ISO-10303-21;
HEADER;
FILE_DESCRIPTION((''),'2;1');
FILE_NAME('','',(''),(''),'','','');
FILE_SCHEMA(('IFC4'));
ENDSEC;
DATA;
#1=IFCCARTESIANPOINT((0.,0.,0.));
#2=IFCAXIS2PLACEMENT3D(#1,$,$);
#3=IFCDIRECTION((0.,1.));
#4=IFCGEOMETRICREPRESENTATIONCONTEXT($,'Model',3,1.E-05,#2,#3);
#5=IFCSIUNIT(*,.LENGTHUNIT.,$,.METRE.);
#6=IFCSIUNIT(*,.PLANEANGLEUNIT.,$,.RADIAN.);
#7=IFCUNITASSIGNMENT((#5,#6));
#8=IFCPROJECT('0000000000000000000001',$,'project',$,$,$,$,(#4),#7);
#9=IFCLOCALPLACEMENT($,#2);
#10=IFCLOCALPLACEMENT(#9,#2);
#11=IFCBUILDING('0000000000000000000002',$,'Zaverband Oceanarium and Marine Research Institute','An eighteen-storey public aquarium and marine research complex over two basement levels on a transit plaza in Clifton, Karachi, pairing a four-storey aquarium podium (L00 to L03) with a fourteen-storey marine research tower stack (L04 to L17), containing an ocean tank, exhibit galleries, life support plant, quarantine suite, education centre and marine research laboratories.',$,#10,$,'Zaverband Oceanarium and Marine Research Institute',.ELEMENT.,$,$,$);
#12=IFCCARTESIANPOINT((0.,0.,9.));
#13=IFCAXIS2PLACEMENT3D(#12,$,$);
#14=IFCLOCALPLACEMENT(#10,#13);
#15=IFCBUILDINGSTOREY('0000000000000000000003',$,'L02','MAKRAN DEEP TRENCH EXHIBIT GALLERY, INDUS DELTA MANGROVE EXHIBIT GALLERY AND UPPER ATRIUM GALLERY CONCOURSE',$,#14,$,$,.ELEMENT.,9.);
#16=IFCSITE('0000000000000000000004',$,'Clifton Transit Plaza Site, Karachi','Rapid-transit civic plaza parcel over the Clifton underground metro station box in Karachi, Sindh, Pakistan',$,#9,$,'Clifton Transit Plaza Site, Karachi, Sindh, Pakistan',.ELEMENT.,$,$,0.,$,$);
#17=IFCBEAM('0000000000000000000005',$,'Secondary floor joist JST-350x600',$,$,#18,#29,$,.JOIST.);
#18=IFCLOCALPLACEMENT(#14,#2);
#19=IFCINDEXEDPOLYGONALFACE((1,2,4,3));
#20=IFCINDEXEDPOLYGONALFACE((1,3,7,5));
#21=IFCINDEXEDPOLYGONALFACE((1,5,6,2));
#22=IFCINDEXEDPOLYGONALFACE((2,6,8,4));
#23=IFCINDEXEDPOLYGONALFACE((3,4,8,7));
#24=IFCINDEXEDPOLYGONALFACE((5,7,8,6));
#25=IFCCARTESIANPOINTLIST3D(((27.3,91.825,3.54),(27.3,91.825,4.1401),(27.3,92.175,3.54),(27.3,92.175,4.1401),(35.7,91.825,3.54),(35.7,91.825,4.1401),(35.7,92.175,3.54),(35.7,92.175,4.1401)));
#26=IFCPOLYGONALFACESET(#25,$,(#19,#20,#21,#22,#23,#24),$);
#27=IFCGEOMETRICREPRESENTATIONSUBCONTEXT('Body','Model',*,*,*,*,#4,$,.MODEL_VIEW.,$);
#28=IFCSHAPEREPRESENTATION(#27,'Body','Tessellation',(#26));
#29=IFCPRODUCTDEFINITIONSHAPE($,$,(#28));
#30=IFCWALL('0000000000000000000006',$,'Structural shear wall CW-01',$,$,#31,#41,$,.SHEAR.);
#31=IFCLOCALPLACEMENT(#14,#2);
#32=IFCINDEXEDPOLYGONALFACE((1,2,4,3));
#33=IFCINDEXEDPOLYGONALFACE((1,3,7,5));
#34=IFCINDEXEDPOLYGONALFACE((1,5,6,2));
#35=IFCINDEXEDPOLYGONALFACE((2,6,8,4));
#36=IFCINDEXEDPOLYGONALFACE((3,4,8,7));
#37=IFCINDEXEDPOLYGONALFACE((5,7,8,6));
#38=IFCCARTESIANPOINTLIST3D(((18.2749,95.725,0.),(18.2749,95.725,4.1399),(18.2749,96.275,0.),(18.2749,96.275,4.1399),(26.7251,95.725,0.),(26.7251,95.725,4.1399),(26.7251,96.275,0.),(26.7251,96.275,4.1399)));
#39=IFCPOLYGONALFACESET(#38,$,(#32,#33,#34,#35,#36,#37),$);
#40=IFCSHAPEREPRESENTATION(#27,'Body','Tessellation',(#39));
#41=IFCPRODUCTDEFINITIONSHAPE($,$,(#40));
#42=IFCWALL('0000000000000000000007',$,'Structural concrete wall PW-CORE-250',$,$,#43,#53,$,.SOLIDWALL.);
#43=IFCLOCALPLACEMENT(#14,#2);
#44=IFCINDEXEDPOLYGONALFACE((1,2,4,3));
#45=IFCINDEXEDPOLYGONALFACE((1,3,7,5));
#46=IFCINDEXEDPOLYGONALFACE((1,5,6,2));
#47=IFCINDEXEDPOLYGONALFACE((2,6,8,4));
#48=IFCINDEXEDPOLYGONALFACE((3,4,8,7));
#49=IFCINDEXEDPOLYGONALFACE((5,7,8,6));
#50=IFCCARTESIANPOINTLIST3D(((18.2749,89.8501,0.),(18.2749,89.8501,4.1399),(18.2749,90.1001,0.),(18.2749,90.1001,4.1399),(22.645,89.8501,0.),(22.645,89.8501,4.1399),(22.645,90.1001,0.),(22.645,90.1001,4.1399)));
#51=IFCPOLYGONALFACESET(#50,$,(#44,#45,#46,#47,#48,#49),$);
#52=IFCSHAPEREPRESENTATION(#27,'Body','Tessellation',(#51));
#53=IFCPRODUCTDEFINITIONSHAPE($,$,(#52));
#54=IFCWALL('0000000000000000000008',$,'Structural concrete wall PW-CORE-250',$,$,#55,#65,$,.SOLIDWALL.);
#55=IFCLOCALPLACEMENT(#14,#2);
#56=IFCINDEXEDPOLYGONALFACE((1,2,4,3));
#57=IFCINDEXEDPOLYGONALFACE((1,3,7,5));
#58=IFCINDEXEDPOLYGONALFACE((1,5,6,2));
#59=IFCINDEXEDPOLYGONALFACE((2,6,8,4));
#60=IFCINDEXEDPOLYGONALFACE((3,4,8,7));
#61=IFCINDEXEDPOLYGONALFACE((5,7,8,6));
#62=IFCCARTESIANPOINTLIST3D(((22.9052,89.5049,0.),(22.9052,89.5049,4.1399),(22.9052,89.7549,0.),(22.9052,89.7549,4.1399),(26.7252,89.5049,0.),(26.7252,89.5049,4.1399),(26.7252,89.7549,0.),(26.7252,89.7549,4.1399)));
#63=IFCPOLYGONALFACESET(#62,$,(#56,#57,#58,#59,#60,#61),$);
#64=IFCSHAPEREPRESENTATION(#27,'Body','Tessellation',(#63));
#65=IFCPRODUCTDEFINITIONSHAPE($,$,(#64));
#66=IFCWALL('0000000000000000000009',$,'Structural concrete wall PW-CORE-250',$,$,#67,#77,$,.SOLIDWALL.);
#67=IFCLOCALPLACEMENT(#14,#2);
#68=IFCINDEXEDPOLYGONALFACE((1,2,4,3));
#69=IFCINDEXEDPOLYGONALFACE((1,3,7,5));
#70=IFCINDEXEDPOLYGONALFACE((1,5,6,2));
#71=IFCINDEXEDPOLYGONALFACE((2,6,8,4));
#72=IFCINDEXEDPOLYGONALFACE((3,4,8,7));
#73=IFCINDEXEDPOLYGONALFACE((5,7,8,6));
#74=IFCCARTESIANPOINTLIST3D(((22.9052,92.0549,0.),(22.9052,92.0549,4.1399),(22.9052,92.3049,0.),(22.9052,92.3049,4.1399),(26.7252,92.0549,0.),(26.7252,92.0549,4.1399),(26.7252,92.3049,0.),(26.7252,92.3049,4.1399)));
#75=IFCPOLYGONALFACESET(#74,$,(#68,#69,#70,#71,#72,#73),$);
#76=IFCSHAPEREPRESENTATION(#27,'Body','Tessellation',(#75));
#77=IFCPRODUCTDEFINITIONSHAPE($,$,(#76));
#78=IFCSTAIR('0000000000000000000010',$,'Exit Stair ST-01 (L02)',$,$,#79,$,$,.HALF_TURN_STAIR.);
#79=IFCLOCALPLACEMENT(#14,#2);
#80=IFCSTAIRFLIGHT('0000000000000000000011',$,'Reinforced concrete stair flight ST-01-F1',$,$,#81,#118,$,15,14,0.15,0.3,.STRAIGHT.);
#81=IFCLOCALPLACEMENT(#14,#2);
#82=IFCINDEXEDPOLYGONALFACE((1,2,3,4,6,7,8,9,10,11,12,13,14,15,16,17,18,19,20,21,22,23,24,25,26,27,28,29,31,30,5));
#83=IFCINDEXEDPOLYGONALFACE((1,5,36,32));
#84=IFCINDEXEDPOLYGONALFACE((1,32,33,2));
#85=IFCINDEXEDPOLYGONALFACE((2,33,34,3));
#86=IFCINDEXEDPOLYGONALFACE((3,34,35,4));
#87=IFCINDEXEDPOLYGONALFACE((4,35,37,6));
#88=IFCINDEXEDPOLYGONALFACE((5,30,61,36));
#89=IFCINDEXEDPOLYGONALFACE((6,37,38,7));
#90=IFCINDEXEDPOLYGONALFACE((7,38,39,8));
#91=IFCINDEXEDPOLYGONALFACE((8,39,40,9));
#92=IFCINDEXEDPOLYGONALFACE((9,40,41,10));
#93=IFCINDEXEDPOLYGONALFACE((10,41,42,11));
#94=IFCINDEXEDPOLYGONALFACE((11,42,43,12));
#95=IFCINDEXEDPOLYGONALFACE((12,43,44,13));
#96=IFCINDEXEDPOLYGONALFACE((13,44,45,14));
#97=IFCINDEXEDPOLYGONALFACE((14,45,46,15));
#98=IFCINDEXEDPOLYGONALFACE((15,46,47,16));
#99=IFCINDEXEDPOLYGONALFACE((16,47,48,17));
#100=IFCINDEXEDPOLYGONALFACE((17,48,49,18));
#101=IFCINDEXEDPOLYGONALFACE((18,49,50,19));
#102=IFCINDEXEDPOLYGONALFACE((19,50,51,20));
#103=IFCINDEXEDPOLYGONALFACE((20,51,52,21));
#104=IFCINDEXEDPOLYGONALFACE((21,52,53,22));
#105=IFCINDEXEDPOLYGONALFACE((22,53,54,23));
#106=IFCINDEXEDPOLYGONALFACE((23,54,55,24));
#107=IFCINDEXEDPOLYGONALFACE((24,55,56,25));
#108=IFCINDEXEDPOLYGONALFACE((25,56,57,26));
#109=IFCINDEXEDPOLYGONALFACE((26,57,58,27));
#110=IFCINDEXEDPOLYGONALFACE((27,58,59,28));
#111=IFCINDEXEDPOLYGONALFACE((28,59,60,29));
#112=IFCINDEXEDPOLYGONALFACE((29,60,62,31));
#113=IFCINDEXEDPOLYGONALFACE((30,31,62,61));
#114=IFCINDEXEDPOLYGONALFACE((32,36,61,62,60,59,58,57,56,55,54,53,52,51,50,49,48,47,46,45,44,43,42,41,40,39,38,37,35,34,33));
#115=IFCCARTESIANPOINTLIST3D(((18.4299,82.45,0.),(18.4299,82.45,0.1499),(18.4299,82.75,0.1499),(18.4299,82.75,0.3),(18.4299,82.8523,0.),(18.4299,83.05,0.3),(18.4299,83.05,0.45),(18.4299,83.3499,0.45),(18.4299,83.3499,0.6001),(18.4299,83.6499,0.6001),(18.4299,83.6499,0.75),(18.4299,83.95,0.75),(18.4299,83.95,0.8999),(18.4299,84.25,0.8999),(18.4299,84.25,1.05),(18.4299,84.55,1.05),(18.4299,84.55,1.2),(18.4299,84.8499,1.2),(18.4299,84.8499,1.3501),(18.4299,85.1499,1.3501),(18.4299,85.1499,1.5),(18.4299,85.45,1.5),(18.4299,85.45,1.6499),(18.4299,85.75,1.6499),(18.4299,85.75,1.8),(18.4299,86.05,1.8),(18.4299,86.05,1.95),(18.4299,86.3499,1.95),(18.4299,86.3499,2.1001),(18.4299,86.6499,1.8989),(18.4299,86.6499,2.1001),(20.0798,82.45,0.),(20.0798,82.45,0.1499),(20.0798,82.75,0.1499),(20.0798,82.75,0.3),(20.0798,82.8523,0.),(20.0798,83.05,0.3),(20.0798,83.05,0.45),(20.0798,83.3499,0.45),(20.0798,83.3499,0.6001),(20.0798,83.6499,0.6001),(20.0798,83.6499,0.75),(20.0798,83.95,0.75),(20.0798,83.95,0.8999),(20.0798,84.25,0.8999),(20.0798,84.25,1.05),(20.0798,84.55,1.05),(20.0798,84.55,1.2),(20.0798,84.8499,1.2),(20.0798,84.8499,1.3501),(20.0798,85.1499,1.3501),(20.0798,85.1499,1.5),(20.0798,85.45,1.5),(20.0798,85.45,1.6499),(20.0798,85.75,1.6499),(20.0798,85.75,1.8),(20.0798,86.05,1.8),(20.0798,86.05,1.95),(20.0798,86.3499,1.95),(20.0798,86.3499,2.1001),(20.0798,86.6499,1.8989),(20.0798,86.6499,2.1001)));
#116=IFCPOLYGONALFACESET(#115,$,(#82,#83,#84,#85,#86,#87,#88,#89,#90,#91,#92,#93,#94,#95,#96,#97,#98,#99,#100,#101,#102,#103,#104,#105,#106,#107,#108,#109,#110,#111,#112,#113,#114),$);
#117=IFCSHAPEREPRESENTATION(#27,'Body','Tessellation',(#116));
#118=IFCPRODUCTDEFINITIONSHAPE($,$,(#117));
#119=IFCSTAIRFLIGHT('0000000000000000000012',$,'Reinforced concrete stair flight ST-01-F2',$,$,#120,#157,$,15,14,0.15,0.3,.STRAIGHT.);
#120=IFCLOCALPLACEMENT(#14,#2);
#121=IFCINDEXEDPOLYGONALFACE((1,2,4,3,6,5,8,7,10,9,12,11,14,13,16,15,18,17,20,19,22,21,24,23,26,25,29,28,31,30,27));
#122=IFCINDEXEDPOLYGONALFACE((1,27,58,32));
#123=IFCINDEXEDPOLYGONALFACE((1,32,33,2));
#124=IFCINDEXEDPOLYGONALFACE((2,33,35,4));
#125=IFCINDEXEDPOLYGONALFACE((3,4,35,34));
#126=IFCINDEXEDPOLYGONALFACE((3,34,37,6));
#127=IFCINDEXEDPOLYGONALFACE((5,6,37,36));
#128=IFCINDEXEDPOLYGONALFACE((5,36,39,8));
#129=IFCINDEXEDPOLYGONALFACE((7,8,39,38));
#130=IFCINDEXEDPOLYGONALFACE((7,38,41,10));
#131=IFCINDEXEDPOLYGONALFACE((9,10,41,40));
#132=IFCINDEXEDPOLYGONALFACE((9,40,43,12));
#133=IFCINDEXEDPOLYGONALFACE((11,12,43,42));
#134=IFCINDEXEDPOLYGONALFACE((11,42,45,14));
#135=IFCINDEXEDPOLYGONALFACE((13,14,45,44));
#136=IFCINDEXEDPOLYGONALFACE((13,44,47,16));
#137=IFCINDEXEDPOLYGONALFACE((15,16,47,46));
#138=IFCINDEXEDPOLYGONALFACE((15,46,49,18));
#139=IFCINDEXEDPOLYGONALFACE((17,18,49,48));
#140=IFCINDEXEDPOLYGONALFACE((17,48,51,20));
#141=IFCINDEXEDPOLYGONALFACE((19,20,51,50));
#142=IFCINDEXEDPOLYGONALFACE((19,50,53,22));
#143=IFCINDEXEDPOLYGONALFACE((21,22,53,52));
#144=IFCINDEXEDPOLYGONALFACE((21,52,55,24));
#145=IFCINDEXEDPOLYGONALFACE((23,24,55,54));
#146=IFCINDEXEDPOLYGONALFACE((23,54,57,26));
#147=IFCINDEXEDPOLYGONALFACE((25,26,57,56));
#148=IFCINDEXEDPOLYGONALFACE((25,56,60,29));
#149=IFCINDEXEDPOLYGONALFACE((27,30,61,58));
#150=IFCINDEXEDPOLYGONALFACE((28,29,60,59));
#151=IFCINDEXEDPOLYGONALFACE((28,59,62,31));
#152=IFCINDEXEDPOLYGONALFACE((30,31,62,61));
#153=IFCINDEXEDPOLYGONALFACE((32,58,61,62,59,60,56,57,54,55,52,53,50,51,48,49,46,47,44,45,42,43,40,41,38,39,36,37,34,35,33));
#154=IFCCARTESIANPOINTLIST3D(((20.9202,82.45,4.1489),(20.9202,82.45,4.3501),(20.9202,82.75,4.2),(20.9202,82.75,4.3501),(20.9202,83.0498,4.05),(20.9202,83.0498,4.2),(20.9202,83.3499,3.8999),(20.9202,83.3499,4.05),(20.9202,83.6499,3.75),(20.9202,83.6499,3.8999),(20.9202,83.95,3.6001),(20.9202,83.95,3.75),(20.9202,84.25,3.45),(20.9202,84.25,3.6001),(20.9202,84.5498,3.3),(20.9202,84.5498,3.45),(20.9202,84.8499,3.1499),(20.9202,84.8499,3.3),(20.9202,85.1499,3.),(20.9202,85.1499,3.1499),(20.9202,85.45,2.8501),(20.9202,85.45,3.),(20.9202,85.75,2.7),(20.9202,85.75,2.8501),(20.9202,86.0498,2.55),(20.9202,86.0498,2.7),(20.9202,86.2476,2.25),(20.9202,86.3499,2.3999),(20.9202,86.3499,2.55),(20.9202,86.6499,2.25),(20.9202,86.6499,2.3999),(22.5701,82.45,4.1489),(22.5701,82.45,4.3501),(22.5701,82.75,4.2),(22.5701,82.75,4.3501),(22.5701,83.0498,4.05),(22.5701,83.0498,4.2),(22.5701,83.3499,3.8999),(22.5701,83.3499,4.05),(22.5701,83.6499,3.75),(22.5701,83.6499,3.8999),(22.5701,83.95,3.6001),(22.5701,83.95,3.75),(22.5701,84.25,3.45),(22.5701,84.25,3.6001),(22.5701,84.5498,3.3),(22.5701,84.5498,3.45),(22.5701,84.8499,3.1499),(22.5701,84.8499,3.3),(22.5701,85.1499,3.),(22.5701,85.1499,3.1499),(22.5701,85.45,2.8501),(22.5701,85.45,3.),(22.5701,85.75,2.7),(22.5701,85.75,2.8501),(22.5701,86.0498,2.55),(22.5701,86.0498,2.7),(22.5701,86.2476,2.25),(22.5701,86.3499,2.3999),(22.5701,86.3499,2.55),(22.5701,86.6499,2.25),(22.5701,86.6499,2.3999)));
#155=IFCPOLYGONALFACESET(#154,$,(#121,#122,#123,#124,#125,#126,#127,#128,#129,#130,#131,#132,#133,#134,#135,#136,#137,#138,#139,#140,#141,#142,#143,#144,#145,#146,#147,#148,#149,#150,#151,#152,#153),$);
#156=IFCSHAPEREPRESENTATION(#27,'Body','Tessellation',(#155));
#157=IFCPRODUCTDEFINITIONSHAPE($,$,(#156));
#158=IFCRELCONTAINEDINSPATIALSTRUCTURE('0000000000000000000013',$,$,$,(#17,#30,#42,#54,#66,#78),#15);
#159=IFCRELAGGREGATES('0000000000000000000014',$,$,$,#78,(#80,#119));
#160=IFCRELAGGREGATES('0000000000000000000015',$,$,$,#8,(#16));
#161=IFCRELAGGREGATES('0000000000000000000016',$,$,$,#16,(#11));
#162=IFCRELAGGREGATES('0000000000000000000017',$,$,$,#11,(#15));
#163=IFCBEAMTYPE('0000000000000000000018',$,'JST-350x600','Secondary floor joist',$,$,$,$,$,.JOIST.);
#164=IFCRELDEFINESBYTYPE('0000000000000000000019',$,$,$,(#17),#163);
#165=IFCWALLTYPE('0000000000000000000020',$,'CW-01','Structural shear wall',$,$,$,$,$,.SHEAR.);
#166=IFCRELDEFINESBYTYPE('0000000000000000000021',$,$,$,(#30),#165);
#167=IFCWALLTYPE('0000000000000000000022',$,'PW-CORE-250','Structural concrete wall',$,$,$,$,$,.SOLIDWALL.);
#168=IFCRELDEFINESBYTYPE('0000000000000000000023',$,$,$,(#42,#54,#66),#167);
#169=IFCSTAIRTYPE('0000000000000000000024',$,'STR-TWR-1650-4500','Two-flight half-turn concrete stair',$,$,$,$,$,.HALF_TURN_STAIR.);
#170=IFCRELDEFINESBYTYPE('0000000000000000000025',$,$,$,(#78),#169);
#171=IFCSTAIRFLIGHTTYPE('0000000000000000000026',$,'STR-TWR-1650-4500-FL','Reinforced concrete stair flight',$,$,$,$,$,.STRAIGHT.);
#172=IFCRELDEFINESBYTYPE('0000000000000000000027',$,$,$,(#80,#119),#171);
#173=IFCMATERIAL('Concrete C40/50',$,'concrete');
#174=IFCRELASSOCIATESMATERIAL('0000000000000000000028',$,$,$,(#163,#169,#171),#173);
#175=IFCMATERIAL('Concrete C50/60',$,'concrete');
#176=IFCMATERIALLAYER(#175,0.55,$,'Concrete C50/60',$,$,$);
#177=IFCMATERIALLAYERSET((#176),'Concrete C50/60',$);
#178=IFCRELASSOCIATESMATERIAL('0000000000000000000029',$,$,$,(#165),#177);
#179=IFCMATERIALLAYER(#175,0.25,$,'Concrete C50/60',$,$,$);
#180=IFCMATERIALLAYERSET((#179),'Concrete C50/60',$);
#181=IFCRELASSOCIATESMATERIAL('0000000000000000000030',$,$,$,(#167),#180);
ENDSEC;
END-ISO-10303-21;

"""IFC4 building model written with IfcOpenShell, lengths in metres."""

from ifc_helpers import new_model, si_unit, direction, frame, frame_2d, origin, origin_2d, place, context, subcontext, project, spatial, polyline, rectangle, outline, extrude, material, layer, layer_set, material_profile, profile_set, type_object, element, aggregate, save


model = new_model("IFC4")

# Units and contexts
model_context = context("Model", 3, precision=1e-05, world=origin(), true_north=direction((0.0, 1.0)))
body_context = subcontext(model_context, "Body", "Model", "MODEL_VIEW")
ifc_project = project(units=[si_unit("LENGTHUNIT", "METRE"), si_unit("PLANEANGLEUNIT", "RADIAN")], contexts=[model_context])

# Site, building, storey
site_placement = place(None, origin())
site = spatial("IfcSite", under=ifc_project, at=site_placement, Name="Clifton Transit Plaza Site, Karachi", Description="Rapid-transit civic plaza parcel over the Clifton underground metro station box in Karachi, Sindh, Pakistan", LongName="Clifton Transit Plaza Site, Karachi, Sindh, Pakistan", CompositionType="ELEMENT", RefElevation=0.0)
building_placement = place(site_placement, origin())
building = spatial("IfcBuilding", under=site, at=building_placement, Name="Zaverband Oceanarium and Marine Research Institute", Description="An eighteen-storey public aquarium and marine research complex over two basement levels on a transit plaza in Clifton, Karachi, pairing a four-storey aquarium podium (L00 to L03) with a fourteen-storey marine research tower stack (L04 to L17), containing an ocean tank, exhibit galleries, life support plant, quarantine suite, education centre and marine research laboratories.", LongName="Zaverband Oceanarium and Marine Research Institute", CompositionType="ELEMENT")
storey_placement = place(building_placement, frame((0.0, 0.0, 9.0)))
storey = spatial("IfcBuildingStorey", under=building, at=storey_placement, Name="L02", Description="MAKRAN DEEP TRENCH EXHIBIT GALLERY, INDUS DELTA MANGROVE EXHIBIT GALLERY AND UPPER ATRIUM GALLERY CONCOURSE", CompositionType="ELEMENT", Elevation=9.0)

# Shared definitions
ifc_material_1 = material(Name="Concrete C50/60", Category="concrete")

# Beam
ifc_material_2 = material(Name="Concrete C40/50", Category="concrete")
ifc_material_profile_1 = material_profile(ifc_material_2, rectangle(XDim=0.3501, YDim=0.6001, at=origin_2d()), Name="RC350x600")
ifc_profile_set_1 = profile_set([ifc_material_profile_1], Name="Concrete C40/50")
beam_type_1 = type_object("IfcBeamType", Name="JST-350x600", Description="Secondary floor joist", PredefinedType="JOIST", material=ifc_profile_set_1)
for number, where, z_axis, x_axis, name in (
    (1, (27.3, 92.0, 3.8401), (1.0, 0.0, 0.0), (0.0, 1.0, 0.0), "Secondary floor joist JST-350x600"),
):
    element("IfcBeam", number, at=place(storey_placement, frame(where, z_axis=z_axis, x_axis=x_axis)), inside=storey, type_object=beam_type_1, Name=name, PredefinedType="JOIST", context=body_context, shape_type="SweptSolid", body=[
        extrude(rectangle(XDim=0.3501, YDim=0.6001, at=origin_2d()), origin(), (0.0, 0.0, 1.0), 8.3999),
    ])

# Walls
ifc_layer_1 = layer(ifc_material_1, 0.55, Name="Concrete C50/60")
ifc_layer_set_1 = layer_set([ifc_layer_1], Name="Concrete C50/60")
wall_type_1 = type_object("IfcWallType", Name="CW-01", Description="Structural shear wall", PredefinedType="SHEAR", material=ifc_layer_set_1)
wall_1_placement = place(storey_placement, frame((18.2749, 96.0, 0.0), z_axis=(0.0, 0.0, 1.0), x_axis=(1.0, 0.0, 0.0)))
element("IfcWall", 2, at=wall_1_placement, inside=storey, type_object=wall_type_1, Name="Structural shear wall CW-01", PredefinedType="SHEAR", context=body_context, shape_type="SweptSolid", body=[
    extrude(rectangle(XDim=8.4502, YDim=0.55, at=frame_2d((4.2251, 0.0))), origin(), (0.0, 0.0, 1.0), 4.1399),
])
ifc_layer_2 = layer(ifc_material_1, 0.25, Name="Concrete C50/60")
ifc_layer_set_2 = layer_set([ifc_layer_2], Name="Concrete C50/60")
wall_type_2 = type_object("IfcWallType", Name="PW-CORE-250", Description="Structural concrete wall", PredefinedType="SOLIDWALL", material=ifc_layer_set_2)
wall_2_placement = place(storey_placement, frame((18.2749, 89.9751, 0.0), z_axis=(0.0, 0.0, 1.0), x_axis=(1.0, 0.0, 0.0)))
element("IfcWall", 3, at=wall_2_placement, inside=storey, type_object=wall_type_2, Name="Structural concrete wall PW-CORE-250", PredefinedType="SOLIDWALL", context=body_context, shape_type="SweptSolid", body=[
    extrude(rectangle(XDim=4.3701, YDim=0.25, at=frame_2d((2.1851, 0.0))), origin(), (0.0, 0.0, 1.0), 4.1399),
])

# Walls
for number, where, z_axis, x_axis, name in (
    (4, (22.905, 89.6299, 0.0), (0.0, 0.0, 1.0), (1.0, 0.0, 0.0), "Structural concrete wall PW-CORE-250"),
    (5, (22.905, 92.1799, 0.0), (0.0, 0.0, 1.0), (1.0, 0.0, 0.0), "Structural concrete wall PW-CORE-250"),
):
    element("IfcWall", number, at=place(storey_placement, frame(where, z_axis=z_axis, x_axis=x_axis)), inside=storey, type_object=wall_type_2, Name=name, PredefinedType="SOLIDWALL", context=body_context, shape_type="SweptSolid", body=[
        extrude(rectangle(XDim=3.8201, YDim=0.25, at=frame_2d((1.9102, 0.0))), origin(), (0.0, 0.0, 1.0), 4.1399),
    ])

# Stair, stair flights
stair_type = type_object("IfcStairType", Name="STR-TWR-1650-4500", Description="Two-flight half-turn concrete stair", PredefinedType="HALF_TURN_STAIR", material=ifc_material_2)
stair_placement = place(storey_placement, origin())
stair = element("IfcStair", 6, at=stair_placement, inside=storey, type_object=stair_type, Name="Exit Stair ST-01 (L02)", PredefinedType="HALF_TURN_STAIR")
stair_flight_type = type_object("IfcStairFlightType", Name="STR-TWR-1650-4500-FL", Description="Reinforced concrete stair flight", PredefinedType="STRAIGHT", material=ifc_material_2)
stair_flight_1_placement = place(storey_placement, frame((19.2549, 82.45, 0.0), z_axis=(0.0, 0.0, 1.0), x_axis=(0.0, 1.0, 0.0)))
stair_flight_1 = element("IfcStairFlight", 7, at=stair_flight_1_placement, type_object=stair_flight_type, Name="Reinforced concrete stair flight ST-01-F1", NumberOfRisers=15, NumberOfTreads=14, PredefinedType="STRAIGHT", RiserHeight=0.15, TreadLength=0.3, context=body_context, shape_type="SweptSolid", body=[
    extrude(outline(polyline([(0.0, 0.0), (0.0, 0.1499), (0.3, 0.1499), (0.3, 0.3), (0.6001, 0.3), (0.6001, 0.45), (0.8999, 0.45), (0.8999, 0.6001), (1.2, 0.6001), (1.2, 0.75), (1.5, 0.75), (1.5, 0.8999), (1.8, 0.8999), (1.8, 1.05), (2.1001, 1.05), (2.1001, 1.2), (2.3999, 1.2), (2.3999, 1.3501), (2.7, 1.3501), (2.7, 1.5), (3.0, 1.5), (3.0, 1.6499), (3.3, 1.6499), (3.3, 1.8), (3.6001, 1.8), (3.6001, 1.95), (3.8999, 1.95), (3.8999, 2.1001), (4.2, 2.1001), (4.2, 2.25), (4.2, 1.8989), (0.4023, 0.0), (0.0, 0.0)])), frame((0.0, 0.825, 0.0), z_axis=(0.0, -1.0, 0.0), x_axis=(1.0, 0.0, 0.0)), (0.0, 0.0, 1.0), 1.6499),
])
stair_flight_2_placement = place(storey_placement, frame((21.7451, 86.6499, 2.25), z_axis=(0.0, 0.0, 1.0), x_axis=(0.0, -1.0, 0.0)))
stair_flight_2 = element("IfcStairFlight", 8, at=stair_flight_2_placement, type_object=stair_flight_type, Name="Reinforced concrete stair flight ST-01-F2", NumberOfRisers=15, NumberOfTreads=14, PredefinedType="STRAIGHT", RiserHeight=0.15, TreadLength=0.3, context=body_context, shape_type="SweptSolid", body=[
    extrude(outline(polyline([(0.0, 0.0), (0.0, 0.1499), (0.3, 0.1499), (0.3, 0.3), (0.6001, 0.3), (0.6001, 0.45), (0.8999, 0.45), (0.8999, 0.6001), (1.2, 0.6001), (1.2, 0.75), (1.5, 0.75), (1.5, 0.8999), (1.8, 0.8999), (1.8, 1.05), (2.1001, 1.05), (2.1001, 1.2), (2.3999, 1.2), (2.3999, 1.3501), (2.7, 1.3501), (2.7, 1.5), (3.0, 1.5), (3.0, 1.6499), (3.3, 1.6499), (3.3, 1.8), (3.6001, 1.8), (3.6001, 1.95), (3.8999, 1.95), (3.8999, 2.1001), (4.2, 2.1001), (4.2, 2.25), (4.2, 1.8989), (0.4023, 0.0), (0.0, 0.0)])), frame((0.0, 0.825, 0.0), z_axis=(0.0, -1.0, 0.0), x_axis=(1.0, 0.0, 0.0)), (0.0, 0.0, 1.0), 1.6499),
])
aggregate(stair, [stair_flight_1, stair_flight_2])

save(model, "model.ifc")
